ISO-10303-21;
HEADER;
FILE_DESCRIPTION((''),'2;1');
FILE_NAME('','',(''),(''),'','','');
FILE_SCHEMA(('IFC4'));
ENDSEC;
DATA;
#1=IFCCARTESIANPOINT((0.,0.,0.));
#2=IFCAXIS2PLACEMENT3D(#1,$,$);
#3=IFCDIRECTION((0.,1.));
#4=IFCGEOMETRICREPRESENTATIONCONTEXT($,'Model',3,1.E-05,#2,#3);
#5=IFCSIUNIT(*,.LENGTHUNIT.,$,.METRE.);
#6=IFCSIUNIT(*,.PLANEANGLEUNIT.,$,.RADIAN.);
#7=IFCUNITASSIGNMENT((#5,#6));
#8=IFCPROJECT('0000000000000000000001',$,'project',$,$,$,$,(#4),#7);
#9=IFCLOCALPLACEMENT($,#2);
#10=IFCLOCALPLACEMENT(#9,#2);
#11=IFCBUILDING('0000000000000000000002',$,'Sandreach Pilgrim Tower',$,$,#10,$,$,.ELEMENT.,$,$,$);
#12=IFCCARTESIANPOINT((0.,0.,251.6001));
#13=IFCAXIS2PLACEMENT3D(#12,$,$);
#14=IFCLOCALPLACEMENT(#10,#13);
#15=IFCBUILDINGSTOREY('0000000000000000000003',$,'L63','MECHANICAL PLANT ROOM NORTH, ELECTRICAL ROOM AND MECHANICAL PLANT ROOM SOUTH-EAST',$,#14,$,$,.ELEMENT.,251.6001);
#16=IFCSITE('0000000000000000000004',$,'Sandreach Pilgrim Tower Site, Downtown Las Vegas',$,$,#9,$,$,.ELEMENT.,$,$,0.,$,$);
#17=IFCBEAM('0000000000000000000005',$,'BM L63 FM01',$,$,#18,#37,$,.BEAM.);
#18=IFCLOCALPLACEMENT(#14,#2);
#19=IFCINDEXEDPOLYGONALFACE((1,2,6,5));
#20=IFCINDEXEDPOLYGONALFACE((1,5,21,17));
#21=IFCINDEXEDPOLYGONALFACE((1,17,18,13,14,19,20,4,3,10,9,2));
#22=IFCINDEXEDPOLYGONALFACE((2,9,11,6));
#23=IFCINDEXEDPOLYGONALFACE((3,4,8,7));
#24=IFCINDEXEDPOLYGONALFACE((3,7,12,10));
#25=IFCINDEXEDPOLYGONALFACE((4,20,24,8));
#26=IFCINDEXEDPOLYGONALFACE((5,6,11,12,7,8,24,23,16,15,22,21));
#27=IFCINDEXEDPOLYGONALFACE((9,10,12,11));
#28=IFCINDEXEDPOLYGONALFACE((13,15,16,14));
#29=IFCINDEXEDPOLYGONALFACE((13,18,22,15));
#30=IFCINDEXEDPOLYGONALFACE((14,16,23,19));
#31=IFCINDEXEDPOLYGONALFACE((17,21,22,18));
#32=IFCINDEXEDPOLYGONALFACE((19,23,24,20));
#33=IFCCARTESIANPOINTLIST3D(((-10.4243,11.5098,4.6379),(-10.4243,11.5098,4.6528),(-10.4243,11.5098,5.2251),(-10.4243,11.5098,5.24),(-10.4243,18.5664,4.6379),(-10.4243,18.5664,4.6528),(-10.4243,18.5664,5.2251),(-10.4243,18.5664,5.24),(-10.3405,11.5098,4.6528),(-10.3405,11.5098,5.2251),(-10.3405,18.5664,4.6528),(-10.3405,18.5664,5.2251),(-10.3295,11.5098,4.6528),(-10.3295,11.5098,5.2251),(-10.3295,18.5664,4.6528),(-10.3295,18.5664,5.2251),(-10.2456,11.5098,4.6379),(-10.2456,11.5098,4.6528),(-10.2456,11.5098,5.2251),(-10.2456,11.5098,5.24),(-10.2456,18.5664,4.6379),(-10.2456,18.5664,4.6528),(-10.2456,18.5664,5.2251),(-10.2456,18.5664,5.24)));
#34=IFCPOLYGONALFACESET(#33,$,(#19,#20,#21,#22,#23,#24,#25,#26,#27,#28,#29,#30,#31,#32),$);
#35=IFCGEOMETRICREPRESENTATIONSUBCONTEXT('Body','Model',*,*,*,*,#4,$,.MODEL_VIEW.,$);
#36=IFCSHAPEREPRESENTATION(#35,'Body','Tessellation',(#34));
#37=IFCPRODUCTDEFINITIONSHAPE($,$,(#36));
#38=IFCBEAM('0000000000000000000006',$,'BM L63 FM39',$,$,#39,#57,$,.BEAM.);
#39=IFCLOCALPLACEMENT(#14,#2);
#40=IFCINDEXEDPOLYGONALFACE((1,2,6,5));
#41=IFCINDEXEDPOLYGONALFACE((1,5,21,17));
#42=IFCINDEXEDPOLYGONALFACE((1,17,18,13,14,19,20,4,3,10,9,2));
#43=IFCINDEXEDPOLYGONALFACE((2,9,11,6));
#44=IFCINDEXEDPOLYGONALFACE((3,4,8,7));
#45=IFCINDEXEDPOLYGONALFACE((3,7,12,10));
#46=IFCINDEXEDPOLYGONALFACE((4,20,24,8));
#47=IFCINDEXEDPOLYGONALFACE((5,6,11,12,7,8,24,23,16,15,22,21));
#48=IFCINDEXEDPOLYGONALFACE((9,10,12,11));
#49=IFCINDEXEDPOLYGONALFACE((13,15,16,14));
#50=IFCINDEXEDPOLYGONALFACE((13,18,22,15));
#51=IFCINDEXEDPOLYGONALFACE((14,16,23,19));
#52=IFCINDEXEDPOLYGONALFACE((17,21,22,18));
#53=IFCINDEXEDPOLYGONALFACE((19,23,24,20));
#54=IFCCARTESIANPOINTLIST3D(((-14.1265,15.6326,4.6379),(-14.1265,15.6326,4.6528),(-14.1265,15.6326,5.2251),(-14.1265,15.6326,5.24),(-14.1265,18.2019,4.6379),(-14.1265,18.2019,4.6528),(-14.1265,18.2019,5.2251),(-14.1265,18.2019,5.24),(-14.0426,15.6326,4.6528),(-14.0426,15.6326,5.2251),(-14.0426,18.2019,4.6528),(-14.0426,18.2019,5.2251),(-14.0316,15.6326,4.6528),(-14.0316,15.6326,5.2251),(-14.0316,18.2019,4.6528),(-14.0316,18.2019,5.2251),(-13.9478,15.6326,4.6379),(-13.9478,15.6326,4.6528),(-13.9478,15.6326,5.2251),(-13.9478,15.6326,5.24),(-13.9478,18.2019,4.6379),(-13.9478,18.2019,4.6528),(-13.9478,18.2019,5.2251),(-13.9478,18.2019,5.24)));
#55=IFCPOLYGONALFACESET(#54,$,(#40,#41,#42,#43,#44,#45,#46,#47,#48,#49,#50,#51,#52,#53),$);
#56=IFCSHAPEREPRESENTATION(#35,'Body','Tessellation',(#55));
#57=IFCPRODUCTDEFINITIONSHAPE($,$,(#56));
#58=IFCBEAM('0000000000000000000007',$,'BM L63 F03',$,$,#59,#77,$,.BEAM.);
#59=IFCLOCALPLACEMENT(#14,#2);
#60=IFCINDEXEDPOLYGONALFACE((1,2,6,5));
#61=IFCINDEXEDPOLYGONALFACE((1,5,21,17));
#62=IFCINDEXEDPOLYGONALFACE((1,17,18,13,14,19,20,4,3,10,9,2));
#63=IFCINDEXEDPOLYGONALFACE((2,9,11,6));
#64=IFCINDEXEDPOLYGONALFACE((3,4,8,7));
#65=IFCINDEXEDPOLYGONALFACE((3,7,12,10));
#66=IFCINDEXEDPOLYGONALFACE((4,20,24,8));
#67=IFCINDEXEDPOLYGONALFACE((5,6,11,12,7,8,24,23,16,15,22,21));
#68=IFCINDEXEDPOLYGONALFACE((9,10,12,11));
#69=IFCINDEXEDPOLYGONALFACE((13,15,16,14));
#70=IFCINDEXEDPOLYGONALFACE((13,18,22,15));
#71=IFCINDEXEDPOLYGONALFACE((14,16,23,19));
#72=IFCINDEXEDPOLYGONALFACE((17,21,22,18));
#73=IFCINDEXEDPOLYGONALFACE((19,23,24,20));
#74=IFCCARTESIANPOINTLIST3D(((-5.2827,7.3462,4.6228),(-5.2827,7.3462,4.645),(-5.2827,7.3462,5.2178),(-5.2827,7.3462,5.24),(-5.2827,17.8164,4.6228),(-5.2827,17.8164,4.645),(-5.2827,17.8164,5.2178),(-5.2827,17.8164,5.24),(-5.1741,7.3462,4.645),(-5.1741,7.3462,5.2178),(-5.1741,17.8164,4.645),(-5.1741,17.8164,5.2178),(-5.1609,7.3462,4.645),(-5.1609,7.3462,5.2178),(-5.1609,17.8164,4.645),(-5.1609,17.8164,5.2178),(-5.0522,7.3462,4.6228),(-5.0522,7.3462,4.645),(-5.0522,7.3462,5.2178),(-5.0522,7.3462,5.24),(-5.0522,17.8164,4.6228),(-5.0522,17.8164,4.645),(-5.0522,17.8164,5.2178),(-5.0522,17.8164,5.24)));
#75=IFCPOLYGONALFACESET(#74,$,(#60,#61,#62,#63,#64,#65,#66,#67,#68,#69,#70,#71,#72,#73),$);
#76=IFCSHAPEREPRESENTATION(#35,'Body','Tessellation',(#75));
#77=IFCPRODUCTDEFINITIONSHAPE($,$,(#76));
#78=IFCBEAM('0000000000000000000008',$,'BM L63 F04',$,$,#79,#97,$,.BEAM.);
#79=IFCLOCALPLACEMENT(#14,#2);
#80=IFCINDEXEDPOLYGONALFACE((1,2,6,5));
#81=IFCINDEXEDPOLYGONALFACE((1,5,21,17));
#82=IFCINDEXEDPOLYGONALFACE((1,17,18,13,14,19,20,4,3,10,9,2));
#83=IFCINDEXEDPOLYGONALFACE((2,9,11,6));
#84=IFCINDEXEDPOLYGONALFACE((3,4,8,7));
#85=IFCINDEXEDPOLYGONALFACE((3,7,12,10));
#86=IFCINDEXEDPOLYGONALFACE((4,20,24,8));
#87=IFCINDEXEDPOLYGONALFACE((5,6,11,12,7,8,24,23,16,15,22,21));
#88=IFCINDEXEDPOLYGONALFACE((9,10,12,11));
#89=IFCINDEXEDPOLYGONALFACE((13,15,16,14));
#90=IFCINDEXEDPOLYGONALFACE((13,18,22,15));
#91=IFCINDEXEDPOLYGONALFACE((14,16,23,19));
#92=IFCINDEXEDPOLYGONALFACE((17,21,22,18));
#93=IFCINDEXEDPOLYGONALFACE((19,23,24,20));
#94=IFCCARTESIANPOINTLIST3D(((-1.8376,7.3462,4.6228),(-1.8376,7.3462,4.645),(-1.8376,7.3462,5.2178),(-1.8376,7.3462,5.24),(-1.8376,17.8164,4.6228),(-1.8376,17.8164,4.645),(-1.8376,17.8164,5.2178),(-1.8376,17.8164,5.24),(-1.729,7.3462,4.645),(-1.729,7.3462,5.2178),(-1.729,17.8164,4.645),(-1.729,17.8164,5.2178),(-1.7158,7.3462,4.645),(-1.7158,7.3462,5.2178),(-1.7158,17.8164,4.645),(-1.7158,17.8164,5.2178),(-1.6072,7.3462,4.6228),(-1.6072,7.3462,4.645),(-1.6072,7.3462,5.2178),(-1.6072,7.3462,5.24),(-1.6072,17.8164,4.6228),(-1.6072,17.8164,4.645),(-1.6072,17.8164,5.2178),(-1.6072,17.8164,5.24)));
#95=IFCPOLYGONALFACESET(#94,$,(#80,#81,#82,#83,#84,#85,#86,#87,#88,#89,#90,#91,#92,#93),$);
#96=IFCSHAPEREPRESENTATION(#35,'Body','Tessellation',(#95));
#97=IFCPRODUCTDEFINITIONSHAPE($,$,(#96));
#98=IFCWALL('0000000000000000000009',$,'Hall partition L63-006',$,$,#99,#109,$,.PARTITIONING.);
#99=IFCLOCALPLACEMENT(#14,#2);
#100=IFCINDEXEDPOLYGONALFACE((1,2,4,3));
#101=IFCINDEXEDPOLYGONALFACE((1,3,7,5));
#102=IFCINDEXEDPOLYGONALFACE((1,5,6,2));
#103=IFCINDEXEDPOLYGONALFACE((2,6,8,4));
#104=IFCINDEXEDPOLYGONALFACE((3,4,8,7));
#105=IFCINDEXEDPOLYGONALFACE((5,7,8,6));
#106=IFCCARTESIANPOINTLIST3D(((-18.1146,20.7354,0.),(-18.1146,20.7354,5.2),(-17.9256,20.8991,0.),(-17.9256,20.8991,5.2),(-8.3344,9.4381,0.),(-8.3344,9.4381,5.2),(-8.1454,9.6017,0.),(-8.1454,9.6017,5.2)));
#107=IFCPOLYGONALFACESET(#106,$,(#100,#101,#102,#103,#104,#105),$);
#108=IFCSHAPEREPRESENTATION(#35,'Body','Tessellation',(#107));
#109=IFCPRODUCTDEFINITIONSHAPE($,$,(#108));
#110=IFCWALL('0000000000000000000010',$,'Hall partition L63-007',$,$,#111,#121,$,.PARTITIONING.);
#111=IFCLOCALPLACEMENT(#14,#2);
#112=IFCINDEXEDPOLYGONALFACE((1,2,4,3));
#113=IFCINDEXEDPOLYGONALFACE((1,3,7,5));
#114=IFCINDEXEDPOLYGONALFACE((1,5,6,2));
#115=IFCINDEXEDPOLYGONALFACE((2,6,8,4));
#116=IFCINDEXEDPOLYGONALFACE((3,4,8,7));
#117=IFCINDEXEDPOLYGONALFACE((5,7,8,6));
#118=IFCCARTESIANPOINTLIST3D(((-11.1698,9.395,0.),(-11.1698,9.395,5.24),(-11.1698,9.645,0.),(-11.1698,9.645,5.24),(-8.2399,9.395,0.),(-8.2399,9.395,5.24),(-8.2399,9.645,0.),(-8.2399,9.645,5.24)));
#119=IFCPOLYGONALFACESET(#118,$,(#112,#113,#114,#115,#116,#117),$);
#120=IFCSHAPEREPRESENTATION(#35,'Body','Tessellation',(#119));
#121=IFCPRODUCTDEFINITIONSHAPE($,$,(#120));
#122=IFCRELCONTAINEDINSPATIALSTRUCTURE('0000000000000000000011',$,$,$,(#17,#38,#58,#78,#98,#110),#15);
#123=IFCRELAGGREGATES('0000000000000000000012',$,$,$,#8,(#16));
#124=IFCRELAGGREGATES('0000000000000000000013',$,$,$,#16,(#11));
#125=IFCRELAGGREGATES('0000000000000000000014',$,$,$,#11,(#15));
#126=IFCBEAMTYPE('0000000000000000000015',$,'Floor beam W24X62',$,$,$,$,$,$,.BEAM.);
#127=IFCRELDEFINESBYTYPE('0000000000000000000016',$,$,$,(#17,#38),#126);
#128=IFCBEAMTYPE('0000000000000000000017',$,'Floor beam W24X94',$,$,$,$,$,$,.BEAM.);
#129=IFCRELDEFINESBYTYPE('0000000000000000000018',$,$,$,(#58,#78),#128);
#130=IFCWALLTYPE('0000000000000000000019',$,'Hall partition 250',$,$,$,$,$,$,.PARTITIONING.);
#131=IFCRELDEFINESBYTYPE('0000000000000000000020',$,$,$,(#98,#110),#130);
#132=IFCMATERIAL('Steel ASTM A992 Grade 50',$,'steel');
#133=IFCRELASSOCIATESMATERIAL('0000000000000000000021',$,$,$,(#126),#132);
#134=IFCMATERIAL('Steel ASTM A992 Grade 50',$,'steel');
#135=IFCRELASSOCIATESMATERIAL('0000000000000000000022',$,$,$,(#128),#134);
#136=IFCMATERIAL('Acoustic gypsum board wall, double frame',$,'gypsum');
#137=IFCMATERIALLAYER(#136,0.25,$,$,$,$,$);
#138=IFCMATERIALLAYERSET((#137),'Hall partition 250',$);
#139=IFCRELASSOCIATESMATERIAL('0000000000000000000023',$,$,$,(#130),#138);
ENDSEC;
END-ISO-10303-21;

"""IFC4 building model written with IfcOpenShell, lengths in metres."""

from ifc_helpers import new_model, si_unit, direction, frame, frame_2d, origin, origin_2d, place, context, subcontext, project, spatial, rectangle, i_section, extrude, material, layer, layer_set, material_profile, profile_set, type_object, element, save


model = new_model("IFC4")

# Units and contexts
model_context = context("Model", 3, precision=1e-05, world=origin(), true_north=direction((0.0, 1.0)))
body_context = subcontext(model_context, "Body", "Model", "MODEL_VIEW")
ifc_project = project(units=[si_unit("LENGTHUNIT", "METRE"), si_unit("PLANEANGLEUNIT", "RADIAN")], contexts=[model_context])

# Site, building, storey
site_placement = place(None, origin())
site = spatial("IfcSite", under=ifc_project, at=site_placement, Name="Sandreach Pilgrim Tower Site, Downtown Las Vegas", CompositionType="ELEMENT", RefElevation=0.0)
building_placement = place(site_placement, origin())
building = spatial("IfcBuilding", under=site, at=building_placement, Name="Sandreach Pilgrim Tower", CompositionType="ELEMENT")
storey_placement = place(building_placement, frame((0.0, 0.0, 251.6001)))
storey = spatial("IfcBuildingStorey", under=building, at=storey_placement, Name="L63", Description="MECHANICAL PLANT ROOM NORTH, ELECTRICAL ROOM AND MECHANICAL PLANT ROOM SOUTH-EAST", CompositionType="ELEMENT", Elevation=251.6001)

# Beams
ifc_material_1 = material(Name="Steel ASTM A992 Grade 50", Category="steel")
ifc_material_profile_1 = material_profile(ifc_material_1, i_section(OverallWidth=0.1787, OverallDepth=0.6021, WebThickness=0.011, FlangeThickness=0.0149, at=origin_2d()), Name="W24X62")
ifc_profile_set_1 = profile_set([ifc_material_profile_1], Name="Steel ASTM A992 Grade 50")
beam_type_1 = type_object("IfcBeamType", Name="Floor beam W24X62", PredefinedType="BEAM", material=ifc_profile_set_1)
beam_1_placement = place(storey_placement, frame((-10.335, 18.5664, 4.939), z_axis=(0.0, -1.0, 0.0), x_axis=(1.0, 0.0, 0.0)))
element("IfcBeam", 1, at=beam_1_placement, inside=storey, type_object=beam_type_1, Name="BM L63 FM01", PredefinedType="BEAM", context=body_context, shape_type="SweptSolid", body=[
    extrude(i_section(OverallWidth=0.1787, OverallDepth=0.6021, WebThickness=0.011, FlangeThickness=0.0149, at=origin_2d()), origin(), (0.0, 0.0, 1.0), 7.0566),
])
beam_2_placement = place(storey_placement, frame((-14.0371, 18.2019, 4.939), z_axis=(0.0, -1.0, 0.0), x_axis=(1.0, 0.0, 0.0)))
element("IfcBeam", 2, at=beam_2_placement, inside=storey, type_object=beam_type_1, Name="BM L63 FM39", PredefinedType="BEAM", context=body_context, shape_type="SweptSolid", body=[
    extrude(i_section(OverallWidth=0.1787, OverallDepth=0.6021, WebThickness=0.011, FlangeThickness=0.0149, at=origin_2d()), origin(), (0.0, 0.0, 1.0), 2.5693),
])
ifc_material_2 = material(Name="Steel ASTM A992 Grade 50", Category="steel")
ifc_material_profile_2 = material_profile(ifc_material_2, i_section(OverallWidth=0.2305, OverallDepth=0.6172, WebThickness=0.0132, FlangeThickness=0.0222, at=origin_2d()), Name="W24X94")
ifc_profile_set_2 = profile_set([ifc_material_profile_2], Name="Steel ASTM A992 Grade 50")
beam_type_2 = type_object("IfcBeamType", Name="Floor beam W24X94", PredefinedType="BEAM", material=ifc_profile_set_2)
for number, where, z_axis, x_axis, name in (
    (3, (-5.1675, 17.8164, 4.9314), (0.0, -1.0, 0.0), (1.0, 0.0, 0.0), "BM L63 F03"),
    (4, (-1.7224, 17.8164, 4.9314), (0.0, -1.0, 0.0), (1.0, 0.0, 0.0), "BM L63 F04"),
):
    element("IfcBeam", number, at=place(storey_placement, frame(where, z_axis=z_axis, x_axis=x_axis)), inside=storey, type_object=beam_type_2, Name=name, PredefinedType="BEAM", context=body_context, shape_type="SweptSolid", body=[
        extrude(i_section(OverallWidth=0.2305, OverallDepth=0.6172, WebThickness=0.0132, FlangeThickness=0.0222, at=origin_2d()), origin(), (0.0, 0.0, 1.0), 10.4702),
    ])

# Shared definitions
ifc_material_3 = material(Name="Acoustic gypsum board wall, double frame", Category="gypsum")
ifc_layer = layer(ifc_material_3, 0.25)
ifc_layer_set = layer_set([ifc_layer], Name="Hall partition 250")
wall_type = type_object("IfcWallType", Name="Hall partition 250", PredefinedType="PARTITIONING", material=ifc_layer_set)

# Walls
wall_1_placement = place(storey_placement, frame((-8.24, 9.52, 0.0), z_axis=(0.0, 0.0, 1.0), x_axis=(-0.654519, 0.756046, 0.0)))
element("IfcWall", 5, at=wall_1_placement, inside=storey, type_object=wall_type, Name="Hall partition L63-006", PredefinedType="PARTITIONING", context=body_context, shape_type="SweptSolid", body=[
    extrude(rectangle(XDim=14.9426, YDim=0.25, at=frame_2d((7.4712, 0.0))), origin(), (0.0, 0.0, 1.0), 5.2),
])
wall_2_placement = place(storey_placement, frame((-8.24, 9.52, 0.0), z_axis=(0.0, 0.0, 1.0), x_axis=(-1.0, 0.0, 0.0)))
element("IfcWall", 6, at=wall_2_placement, inside=storey, type_object=wall_type, Name="Hall partition L63-007", PredefinedType="PARTITIONING", context=body_context, shape_type="SweptSolid", body=[
    extrude(rectangle(XDim=2.9299, YDim=0.25, at=frame_2d((1.4648, 0.0))), origin(), (0.0, 0.0, 1.0), 5.24),
])

save(model, "model.ifc")
